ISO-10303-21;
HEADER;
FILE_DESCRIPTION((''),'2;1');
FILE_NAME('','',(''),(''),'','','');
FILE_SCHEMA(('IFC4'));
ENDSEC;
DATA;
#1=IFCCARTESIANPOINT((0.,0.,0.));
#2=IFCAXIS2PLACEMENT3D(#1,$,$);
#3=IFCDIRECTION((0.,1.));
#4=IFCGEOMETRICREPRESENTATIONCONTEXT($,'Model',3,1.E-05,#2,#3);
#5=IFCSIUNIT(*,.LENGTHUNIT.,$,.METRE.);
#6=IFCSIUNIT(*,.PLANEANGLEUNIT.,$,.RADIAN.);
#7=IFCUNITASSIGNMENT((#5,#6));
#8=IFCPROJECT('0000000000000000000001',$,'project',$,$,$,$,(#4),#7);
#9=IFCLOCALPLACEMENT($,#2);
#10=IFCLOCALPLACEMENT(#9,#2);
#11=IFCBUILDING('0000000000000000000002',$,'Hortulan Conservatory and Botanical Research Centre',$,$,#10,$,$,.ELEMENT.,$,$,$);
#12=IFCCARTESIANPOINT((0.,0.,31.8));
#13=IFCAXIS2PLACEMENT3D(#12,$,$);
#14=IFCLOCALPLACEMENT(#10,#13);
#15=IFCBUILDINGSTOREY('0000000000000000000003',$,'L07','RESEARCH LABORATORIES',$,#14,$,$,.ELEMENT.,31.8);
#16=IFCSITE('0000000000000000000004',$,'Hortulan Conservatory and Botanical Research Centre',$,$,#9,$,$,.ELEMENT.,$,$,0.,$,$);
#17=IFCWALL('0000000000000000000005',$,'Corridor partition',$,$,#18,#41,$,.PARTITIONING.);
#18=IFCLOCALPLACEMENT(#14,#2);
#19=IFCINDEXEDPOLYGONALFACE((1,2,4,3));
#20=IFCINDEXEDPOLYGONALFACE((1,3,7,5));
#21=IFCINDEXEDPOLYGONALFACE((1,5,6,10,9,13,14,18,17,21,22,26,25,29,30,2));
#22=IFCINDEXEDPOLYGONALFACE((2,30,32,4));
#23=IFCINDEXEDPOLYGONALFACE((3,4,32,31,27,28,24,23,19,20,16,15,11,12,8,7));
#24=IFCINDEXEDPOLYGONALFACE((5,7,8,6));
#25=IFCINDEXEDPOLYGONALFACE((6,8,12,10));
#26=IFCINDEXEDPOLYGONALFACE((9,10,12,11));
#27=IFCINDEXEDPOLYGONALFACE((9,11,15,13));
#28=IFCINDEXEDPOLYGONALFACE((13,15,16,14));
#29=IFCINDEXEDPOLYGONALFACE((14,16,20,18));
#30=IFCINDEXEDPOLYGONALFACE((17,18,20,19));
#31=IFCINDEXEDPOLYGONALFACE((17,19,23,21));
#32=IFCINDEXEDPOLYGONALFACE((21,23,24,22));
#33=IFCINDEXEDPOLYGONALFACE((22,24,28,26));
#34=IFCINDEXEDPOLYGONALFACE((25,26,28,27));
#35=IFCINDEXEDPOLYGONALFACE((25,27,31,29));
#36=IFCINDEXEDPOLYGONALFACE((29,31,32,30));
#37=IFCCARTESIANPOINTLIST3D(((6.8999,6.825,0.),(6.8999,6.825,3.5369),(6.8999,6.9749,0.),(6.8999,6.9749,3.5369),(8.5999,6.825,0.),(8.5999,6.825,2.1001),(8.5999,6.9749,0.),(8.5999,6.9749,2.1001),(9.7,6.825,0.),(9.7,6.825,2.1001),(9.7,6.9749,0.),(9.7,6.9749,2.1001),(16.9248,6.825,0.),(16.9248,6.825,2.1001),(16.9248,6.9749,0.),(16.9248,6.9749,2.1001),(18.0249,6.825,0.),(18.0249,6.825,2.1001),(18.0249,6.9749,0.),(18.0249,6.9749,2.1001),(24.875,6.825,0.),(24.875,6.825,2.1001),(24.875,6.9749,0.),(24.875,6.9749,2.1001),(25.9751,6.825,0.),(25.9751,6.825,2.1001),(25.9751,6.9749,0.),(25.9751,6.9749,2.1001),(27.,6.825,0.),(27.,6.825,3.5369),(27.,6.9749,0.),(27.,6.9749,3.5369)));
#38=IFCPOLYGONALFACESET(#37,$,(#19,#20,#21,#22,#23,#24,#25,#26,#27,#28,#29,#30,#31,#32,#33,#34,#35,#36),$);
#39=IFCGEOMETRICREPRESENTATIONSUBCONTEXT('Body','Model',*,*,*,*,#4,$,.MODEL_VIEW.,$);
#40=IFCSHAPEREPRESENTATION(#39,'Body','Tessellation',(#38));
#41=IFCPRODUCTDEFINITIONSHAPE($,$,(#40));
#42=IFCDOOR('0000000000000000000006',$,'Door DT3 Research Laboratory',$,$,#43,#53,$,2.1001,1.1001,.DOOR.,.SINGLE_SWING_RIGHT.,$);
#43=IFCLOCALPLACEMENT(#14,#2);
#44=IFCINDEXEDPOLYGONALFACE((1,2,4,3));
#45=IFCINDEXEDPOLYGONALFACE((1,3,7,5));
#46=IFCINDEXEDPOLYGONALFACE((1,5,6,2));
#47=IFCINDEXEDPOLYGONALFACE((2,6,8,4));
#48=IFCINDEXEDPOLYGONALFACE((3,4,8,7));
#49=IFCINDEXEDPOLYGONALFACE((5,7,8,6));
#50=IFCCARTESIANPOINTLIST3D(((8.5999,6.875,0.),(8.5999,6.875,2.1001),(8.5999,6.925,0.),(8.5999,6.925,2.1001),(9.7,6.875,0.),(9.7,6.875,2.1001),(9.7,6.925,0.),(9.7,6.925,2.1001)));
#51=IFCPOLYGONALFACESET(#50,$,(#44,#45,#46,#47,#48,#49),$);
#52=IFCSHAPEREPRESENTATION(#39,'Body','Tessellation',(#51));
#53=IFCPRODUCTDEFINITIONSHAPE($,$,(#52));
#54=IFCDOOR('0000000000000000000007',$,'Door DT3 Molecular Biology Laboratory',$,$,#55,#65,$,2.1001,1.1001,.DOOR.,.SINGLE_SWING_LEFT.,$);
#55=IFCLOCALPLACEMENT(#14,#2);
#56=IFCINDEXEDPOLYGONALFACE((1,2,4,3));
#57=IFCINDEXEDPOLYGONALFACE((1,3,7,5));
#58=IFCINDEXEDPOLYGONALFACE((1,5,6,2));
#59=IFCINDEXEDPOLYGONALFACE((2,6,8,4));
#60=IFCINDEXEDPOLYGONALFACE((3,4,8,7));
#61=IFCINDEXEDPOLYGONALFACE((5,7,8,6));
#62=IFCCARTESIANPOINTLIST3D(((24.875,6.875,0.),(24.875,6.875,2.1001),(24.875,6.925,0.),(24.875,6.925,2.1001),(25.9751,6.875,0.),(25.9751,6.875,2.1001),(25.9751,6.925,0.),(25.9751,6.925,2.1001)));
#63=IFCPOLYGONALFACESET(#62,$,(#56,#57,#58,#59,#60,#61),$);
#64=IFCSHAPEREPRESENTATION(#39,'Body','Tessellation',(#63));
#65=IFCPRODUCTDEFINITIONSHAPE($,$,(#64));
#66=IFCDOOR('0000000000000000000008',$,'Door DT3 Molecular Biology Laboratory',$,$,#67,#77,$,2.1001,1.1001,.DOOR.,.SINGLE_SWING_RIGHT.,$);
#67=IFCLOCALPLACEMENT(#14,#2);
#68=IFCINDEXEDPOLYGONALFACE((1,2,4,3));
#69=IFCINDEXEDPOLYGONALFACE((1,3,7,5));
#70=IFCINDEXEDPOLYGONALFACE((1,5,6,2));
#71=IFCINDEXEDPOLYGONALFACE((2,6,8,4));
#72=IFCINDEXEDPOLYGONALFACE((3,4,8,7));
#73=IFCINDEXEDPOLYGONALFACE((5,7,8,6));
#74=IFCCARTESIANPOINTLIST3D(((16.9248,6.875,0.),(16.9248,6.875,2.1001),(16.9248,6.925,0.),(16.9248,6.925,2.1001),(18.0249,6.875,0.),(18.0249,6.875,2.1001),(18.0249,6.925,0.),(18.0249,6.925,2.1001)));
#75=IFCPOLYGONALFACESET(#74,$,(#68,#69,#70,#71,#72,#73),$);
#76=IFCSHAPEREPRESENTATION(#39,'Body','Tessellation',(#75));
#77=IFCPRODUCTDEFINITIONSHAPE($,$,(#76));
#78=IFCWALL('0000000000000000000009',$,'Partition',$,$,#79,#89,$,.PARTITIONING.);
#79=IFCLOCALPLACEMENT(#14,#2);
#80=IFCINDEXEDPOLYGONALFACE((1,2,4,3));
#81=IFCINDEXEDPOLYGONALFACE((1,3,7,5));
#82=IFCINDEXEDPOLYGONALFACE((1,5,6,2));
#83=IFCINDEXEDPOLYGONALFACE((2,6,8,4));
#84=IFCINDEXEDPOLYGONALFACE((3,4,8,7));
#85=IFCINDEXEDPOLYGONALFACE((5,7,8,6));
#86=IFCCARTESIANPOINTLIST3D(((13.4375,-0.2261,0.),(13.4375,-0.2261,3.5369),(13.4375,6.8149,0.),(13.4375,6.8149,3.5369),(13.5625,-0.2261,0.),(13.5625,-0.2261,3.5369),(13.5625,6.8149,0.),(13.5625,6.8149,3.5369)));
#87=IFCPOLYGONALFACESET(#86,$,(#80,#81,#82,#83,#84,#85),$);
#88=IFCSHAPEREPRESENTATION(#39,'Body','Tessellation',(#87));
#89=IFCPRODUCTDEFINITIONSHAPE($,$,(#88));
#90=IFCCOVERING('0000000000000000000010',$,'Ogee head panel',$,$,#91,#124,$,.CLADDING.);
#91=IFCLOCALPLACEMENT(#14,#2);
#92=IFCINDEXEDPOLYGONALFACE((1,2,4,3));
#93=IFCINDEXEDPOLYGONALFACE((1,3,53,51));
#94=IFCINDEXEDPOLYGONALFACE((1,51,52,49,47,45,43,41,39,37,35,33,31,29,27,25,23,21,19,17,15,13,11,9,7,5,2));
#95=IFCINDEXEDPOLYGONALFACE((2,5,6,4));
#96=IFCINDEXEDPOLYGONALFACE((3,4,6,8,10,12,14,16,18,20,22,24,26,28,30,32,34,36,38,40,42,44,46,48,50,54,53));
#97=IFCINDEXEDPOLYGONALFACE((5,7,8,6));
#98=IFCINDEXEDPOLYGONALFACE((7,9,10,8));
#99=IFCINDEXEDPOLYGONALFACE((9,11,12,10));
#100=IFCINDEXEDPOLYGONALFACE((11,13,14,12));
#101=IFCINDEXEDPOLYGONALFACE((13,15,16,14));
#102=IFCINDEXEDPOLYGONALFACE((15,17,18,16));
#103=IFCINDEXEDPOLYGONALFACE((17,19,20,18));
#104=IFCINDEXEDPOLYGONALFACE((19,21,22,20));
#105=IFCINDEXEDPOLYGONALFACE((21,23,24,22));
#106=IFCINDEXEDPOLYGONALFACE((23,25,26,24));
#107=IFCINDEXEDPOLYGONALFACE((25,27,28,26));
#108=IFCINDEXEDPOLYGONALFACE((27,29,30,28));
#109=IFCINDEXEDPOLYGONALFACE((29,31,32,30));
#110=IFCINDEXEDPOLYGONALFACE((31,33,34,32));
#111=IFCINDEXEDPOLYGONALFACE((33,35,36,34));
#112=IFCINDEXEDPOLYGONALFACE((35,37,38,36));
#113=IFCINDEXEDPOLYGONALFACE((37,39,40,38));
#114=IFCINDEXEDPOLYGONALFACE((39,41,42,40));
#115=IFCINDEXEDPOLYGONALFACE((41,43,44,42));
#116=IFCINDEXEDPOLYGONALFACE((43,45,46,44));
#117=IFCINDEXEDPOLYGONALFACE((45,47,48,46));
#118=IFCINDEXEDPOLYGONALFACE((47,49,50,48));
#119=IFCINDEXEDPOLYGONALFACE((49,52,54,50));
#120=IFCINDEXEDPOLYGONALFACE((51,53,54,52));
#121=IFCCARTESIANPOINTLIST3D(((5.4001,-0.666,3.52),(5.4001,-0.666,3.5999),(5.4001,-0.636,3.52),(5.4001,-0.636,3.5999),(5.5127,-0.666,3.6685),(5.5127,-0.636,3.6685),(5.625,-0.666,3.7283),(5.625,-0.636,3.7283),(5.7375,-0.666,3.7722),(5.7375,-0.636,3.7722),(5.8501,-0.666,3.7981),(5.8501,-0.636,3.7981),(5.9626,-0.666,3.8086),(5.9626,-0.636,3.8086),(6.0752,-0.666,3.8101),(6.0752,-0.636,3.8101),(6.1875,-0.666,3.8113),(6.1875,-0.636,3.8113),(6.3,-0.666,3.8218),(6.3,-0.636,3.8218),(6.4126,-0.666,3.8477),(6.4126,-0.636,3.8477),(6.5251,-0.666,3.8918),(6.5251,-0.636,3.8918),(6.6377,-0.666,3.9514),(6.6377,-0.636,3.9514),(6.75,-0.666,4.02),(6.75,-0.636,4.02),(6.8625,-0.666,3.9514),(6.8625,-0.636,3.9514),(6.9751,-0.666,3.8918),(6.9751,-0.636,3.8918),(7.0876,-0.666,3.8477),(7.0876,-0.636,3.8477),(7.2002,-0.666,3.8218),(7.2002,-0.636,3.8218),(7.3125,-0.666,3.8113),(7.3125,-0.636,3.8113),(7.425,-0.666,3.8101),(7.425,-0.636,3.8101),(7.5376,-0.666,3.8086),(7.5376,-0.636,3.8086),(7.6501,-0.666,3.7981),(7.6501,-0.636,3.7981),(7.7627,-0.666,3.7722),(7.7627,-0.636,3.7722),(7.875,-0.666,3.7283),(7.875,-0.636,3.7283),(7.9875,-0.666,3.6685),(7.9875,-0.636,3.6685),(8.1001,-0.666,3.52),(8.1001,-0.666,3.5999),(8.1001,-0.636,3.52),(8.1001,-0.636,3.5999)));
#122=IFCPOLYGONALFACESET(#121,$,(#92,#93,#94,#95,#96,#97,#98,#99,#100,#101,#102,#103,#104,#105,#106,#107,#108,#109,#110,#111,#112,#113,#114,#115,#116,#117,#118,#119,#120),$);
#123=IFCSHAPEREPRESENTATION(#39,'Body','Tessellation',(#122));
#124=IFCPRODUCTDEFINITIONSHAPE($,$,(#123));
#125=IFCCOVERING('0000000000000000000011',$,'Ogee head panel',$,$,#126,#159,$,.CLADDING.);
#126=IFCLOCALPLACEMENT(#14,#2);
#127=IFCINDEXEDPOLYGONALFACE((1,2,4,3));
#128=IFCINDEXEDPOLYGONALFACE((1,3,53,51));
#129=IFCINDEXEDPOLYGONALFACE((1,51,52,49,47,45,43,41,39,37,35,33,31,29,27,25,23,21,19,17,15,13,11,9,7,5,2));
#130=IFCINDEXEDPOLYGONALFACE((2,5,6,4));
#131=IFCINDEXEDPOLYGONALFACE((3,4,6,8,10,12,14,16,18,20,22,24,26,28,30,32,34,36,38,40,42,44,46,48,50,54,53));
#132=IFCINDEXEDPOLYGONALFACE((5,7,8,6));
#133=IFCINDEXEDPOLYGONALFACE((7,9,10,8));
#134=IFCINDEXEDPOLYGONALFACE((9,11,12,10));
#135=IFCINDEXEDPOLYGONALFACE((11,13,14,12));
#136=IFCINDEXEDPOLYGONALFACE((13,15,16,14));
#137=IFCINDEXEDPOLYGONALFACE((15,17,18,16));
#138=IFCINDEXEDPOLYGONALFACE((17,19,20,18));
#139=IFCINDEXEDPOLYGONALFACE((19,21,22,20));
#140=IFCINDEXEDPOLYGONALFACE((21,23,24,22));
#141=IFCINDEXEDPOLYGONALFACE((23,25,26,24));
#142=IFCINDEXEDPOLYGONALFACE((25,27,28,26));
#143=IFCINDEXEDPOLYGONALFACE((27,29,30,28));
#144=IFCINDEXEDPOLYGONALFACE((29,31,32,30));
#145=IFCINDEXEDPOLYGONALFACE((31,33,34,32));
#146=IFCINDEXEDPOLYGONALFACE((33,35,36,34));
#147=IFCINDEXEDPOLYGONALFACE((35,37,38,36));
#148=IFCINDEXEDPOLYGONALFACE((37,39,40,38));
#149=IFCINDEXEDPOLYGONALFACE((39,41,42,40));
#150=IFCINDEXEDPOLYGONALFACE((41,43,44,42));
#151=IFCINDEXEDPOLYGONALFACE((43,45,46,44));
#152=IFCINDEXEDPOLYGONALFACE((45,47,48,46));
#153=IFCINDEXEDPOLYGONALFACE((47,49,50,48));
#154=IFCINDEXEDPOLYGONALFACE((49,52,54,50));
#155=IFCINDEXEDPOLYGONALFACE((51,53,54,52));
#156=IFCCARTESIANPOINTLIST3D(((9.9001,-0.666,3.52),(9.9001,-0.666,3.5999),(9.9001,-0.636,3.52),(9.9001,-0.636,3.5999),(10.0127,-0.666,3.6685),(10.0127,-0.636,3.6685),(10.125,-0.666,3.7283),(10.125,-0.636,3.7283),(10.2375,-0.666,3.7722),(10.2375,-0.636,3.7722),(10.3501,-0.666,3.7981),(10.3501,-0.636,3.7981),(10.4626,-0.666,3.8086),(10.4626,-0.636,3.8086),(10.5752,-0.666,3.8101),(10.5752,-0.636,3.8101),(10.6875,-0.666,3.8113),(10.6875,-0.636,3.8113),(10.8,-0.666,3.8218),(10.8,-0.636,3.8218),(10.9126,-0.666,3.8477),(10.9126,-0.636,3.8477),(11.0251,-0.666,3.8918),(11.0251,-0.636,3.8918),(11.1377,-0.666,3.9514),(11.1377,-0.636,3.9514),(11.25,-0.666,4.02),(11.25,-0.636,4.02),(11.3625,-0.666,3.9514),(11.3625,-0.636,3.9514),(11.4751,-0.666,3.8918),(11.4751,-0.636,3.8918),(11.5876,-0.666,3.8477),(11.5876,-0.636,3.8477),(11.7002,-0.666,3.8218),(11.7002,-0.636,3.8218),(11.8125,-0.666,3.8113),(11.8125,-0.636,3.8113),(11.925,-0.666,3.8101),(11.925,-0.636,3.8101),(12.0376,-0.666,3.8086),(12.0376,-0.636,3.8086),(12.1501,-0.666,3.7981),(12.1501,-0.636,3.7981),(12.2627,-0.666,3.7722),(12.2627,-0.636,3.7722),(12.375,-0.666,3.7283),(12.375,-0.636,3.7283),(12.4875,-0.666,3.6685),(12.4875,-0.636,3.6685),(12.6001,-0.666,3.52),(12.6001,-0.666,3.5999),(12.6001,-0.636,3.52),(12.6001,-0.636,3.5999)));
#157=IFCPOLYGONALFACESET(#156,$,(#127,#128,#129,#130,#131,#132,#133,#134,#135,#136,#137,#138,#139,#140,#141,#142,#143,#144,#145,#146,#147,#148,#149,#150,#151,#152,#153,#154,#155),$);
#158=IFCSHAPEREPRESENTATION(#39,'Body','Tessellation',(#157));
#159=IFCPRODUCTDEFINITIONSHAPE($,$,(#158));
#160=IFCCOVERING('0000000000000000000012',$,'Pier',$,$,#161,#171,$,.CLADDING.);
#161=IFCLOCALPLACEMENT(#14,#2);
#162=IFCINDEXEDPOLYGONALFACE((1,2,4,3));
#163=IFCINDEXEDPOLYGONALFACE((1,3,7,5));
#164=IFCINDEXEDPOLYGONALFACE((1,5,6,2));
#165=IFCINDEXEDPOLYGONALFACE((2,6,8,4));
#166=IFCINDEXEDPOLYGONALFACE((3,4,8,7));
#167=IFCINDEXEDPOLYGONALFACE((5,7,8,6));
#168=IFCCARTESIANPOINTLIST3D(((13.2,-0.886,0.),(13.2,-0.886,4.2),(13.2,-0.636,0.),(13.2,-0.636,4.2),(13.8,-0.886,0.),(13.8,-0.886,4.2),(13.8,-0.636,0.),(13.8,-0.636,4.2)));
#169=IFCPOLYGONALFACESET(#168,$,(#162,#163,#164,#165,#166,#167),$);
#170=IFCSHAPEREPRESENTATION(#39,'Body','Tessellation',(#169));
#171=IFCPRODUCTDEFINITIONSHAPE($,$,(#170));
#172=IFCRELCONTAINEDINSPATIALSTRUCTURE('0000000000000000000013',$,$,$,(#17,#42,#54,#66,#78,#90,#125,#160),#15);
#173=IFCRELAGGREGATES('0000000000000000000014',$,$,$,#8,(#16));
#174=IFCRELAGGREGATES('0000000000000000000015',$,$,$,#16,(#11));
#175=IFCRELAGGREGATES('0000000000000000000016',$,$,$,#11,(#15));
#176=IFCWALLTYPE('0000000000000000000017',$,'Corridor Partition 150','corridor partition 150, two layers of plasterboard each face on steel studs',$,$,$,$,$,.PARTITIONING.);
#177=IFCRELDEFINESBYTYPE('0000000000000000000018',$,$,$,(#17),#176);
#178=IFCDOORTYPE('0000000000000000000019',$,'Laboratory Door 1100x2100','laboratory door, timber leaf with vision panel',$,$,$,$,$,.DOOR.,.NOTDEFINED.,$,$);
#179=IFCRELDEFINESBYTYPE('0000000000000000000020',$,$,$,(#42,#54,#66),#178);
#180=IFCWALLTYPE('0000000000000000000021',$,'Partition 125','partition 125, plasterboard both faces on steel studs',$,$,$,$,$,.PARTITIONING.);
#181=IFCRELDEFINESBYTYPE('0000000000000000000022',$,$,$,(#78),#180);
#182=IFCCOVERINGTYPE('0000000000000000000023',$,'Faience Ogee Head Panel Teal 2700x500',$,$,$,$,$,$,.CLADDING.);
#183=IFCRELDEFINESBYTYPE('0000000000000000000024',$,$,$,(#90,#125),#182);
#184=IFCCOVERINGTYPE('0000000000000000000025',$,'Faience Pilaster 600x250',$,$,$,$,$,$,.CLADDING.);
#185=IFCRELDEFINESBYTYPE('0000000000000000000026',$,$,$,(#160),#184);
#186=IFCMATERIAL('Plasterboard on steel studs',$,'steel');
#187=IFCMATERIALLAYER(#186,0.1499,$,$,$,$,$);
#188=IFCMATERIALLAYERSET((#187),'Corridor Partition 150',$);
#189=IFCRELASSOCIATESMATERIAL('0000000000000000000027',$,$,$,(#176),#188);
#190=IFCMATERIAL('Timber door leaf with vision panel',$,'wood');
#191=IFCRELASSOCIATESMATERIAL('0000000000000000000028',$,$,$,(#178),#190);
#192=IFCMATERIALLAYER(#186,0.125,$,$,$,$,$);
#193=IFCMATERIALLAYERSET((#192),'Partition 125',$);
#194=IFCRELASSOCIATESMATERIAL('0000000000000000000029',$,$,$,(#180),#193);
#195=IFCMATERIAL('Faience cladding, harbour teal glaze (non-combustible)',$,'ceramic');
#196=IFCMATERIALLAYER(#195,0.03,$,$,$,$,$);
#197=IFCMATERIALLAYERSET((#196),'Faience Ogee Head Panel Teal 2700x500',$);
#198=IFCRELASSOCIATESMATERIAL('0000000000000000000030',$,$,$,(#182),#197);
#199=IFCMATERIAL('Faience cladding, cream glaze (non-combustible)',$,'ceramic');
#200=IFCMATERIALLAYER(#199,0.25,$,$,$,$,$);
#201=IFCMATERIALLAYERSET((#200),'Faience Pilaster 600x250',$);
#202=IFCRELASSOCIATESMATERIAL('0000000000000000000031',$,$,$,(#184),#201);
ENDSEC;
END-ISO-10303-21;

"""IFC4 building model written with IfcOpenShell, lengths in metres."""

from ifc_helpers import new_model, si_unit, direction, frame, frame_2d, origin, origin_2d, place, context, subcontext, project, spatial, polyline, rectangle, outline, extrude, material, layer, layer_set, type_object, element, fill, save


model = new_model("IFC4")

# Units and contexts
model_context = context("Model", 3, precision=1e-05, world=origin(), true_north=direction((0.0, 1.0)))
body_context = subcontext(model_context, "Body", "Model", "MODEL_VIEW")
ifc_project = project(units=[si_unit("LENGTHUNIT", "METRE"), si_unit("PLANEANGLEUNIT", "RADIAN")], contexts=[model_context])

# Site, building, storey
site_placement = place(None, origin())
site = spatial("IfcSite", under=ifc_project, at=site_placement, Name="Hortulan Conservatory and Botanical Research Centre", CompositionType="ELEMENT", RefElevation=0.0)
building_placement = place(site_placement, origin())
building = spatial("IfcBuilding", under=site, at=building_placement, Name="Hortulan Conservatory and Botanical Research Centre", CompositionType="ELEMENT")
storey_placement = place(building_placement, frame((0.0, 0.0, 31.8)))
storey = spatial("IfcBuildingStorey", under=building, at=storey_placement, Name="L07", Description="RESEARCH LABORATORIES", CompositionType="ELEMENT", Elevation=31.8)

# Wall, openings, doors
ifc_material_1 = material(Name="Plasterboard on steel studs", Category="steel")
ifc_layer_1 = layer(ifc_material_1, 0.1499)
ifc_layer_set_1 = layer_set([ifc_layer_1], Name="Corridor Partition 150")
wall_type_1 = type_object("IfcWallType", Name="Corridor Partition 150", Description="corridor partition 150, two layers of plasterboard each face on steel studs", PredefinedType="PARTITIONING", material=ifc_layer_set_1)
ifc_material_2 = material(Name="Timber door leaf with vision panel", Category="wood")
door_type_1 = type_object("IfcDoorType", Name="Laboratory Door 1100x2100", Description="laboratory door, timber leaf with vision panel", OperationType="NOTDEFINED", PredefinedType="DOOR", material=ifc_material_2)
wall_1_placement = place(storey_placement, frame((6.8999, 6.8999, 0.0), z_axis=(0.0, 0.0, 1.0), x_axis=(1.0, 0.0, 0.0)))
wall_1 = element("IfcWall", 1, at=wall_1_placement, inside=storey, type_object=wall_type_1, Name="Corridor partition", PredefinedType="PARTITIONING", context=body_context, shape_type="SweptSolid", body=[
    extrude(rectangle(XDim=20.1001, YDim=0.1499, at=frame_2d((10.05, 0.0))), origin(), (0.0, 0.0, 1.0), 3.5369),
])
opening_1_placement = place(wall_1_placement, frame((1.7, 0.0, 0.0)))
opening_1 = element("IfcOpeningElement", 2, at=opening_1_placement, cuts=wall_1, PredefinedType="OPENING", context=body_context, shape_type="SweptSolid", body=[
    extrude(rectangle(XDim=1.1001, YDim=2.1001, at=frame_2d((0.55, 1.05))), frame((0.0, 0.085, 0.0), z_axis=(0.0, -1.0, 0.0), x_axis=(1.0, 0.0, 0.0)), (0.0, 0.0, 1.0), 0.1699),
])
opening_2_placement = place(wall_1_placement, frame((17.9751, 0.0, 0.0)))
opening_2 = element("IfcOpeningElement", 3, at=opening_2_placement, cuts=wall_1, PredefinedType="OPENING", context=body_context, shape_type="SweptSolid", body=[
    extrude(rectangle(XDim=1.1001, YDim=2.1001, at=frame_2d((0.55, 1.05))), frame((0.0, 0.085, 0.0), z_axis=(0.0, -1.0, 0.0), x_axis=(1.0, 0.0, 0.0)), (0.0, 0.0, 1.0), 0.1699),
])
opening_3_placement = place(wall_1_placement, frame((10.0249, 0.0, 0.0)))
opening_3 = element("IfcOpeningElement", 4, at=opening_3_placement, cuts=wall_1, PredefinedType="OPENING", context=body_context, shape_type="SweptSolid", body=[
    extrude(rectangle(XDim=1.1001, YDim=2.1001, at=frame_2d((0.55, 1.05))), frame((0.0, 0.085, 0.0), z_axis=(0.0, -1.0, 0.0), x_axis=(1.0, 0.0, 0.0)), (0.0, 0.0, 1.0), 0.1699),
])
door_1_placement = place(opening_1_placement, frame((1.1001, 0.0, 0.0), z_axis=(0.0, 0.0, 1.0), x_axis=(-1.0, 0.0, 0.0)))
door_1 = element("IfcDoor", 5, at=door_1_placement, inside=storey, type_object=door_type_1, Name="Door DT3 Research Laboratory", OperationType="SINGLE_SWING_RIGHT", OverallHeight=2.1001, OverallWidth=1.1001, PredefinedType="DOOR", context=body_context, shape_type="SweptSolid", body=[
    extrude(rectangle(XDim=1.1001, YDim=2.1001, at=frame_2d((0.55, 1.05))), frame((0.0, 0.0249, 0.0), z_axis=(0.0, -1.0, 0.0), x_axis=(1.0, 0.0, 0.0)), (0.0, 0.0, 1.0), 0.05),
])
fill(opening_1, door_1)
door_2_placement = place(opening_2_placement, frame((1.1001, 0.0, 0.0), z_axis=(0.0, 0.0, 1.0), x_axis=(-1.0, 0.0, 0.0)))
door_2 = element("IfcDoor", 6, at=door_2_placement, inside=storey, type_object=door_type_1, Name="Door DT3 Molecular Biology Laboratory", OperationType="SINGLE_SWING_LEFT", OverallHeight=2.1001, OverallWidth=1.1001, PredefinedType="DOOR", context=body_context, shape_type="SweptSolid", body=[
    extrude(rectangle(XDim=1.1001, YDim=2.1001, at=frame_2d((0.55, 1.05))), frame((0.0, 0.0249, 0.0), z_axis=(0.0, -1.0, 0.0), x_axis=(1.0, 0.0, 0.0)), (0.0, 0.0, 1.0), 0.05),
])
fill(opening_2, door_2)
door_3_placement = place(opening_3_placement, frame((1.1001, 0.0, 0.0), z_axis=(0.0, 0.0, 1.0), x_axis=(-1.0, 0.0, 0.0)))
door_3 = element("IfcDoor", 7, at=door_3_placement, inside=storey, type_object=door_type_1, Name="Door DT3 Molecular Biology Laboratory", OperationType="SINGLE_SWING_RIGHT", OverallHeight=2.1001, OverallWidth=1.1001, PredefinedType="DOOR", context=body_context, shape_type="SweptSolid", body=[
    extrude(rectangle(XDim=1.1001, YDim=2.1001, at=frame_2d((0.55, 1.05))), frame((0.0, 0.0249, 0.0), z_axis=(0.0, -1.0, 0.0), x_axis=(1.0, 0.0, 0.0)), (0.0, 0.0, 1.0), 0.05),
])
fill(opening_3, door_3)

# Wall
ifc_layer_2 = layer(ifc_material_1, 0.125)
ifc_layer_set_2 = layer_set([ifc_layer_2], Name="Partition 125")
wall_type_2 = type_object("IfcWallType", Name="Partition 125", Description="partition 125, plasterboard both faces on steel studs", PredefinedType="PARTITIONING", material=ifc_layer_set_2)
wall_2_placement = place(storey_placement, frame((13.5, -0.2261, 0.0), z_axis=(0.0, 0.0, 1.0), x_axis=(0.0, 1.0, 0.0)))
element("IfcWall", 8, at=wall_2_placement, inside=storey, type_object=wall_type_2, Name="Partition", PredefinedType="PARTITIONING", context=body_context, shape_type="SweptSolid", body=[
    extrude(rectangle(XDim=7.041, YDim=0.125, at=frame_2d((3.5205, 0.0))), origin(), (0.0, 0.0, 1.0), 3.5369),
])

# Coverings
ifc_material_3 = material(Name="Faience cladding, harbour teal glaze (non-combustible)", Category="ceramic")
ifc_layer_3 = layer(ifc_material_3, 0.03)
ifc_layer_set_3 = layer_set([ifc_layer_3], Name="Faience Ogee Head Panel Teal 2700x500")
covering_type_1 = type_object("IfcCoveringType", Name="Faience Ogee Head Panel Teal 2700x500", PredefinedType="CLADDING", material=ifc_layer_set_3)
for number, where, z_axis, x_axis, name in (
    (9, (8.1001, -0.6509, 3.52), (0.0, 0.0, 1.0), (-1.0, 0.0, 0.0), "Ogee head panel"),
    (10, (12.6001, -0.6509, 3.52), (0.0, 0.0, 1.0), (-1.0, 0.0, 0.0), "Ogee head panel"),
):
    element("IfcCovering", number, at=place(storey_placement, frame(where, z_axis=z_axis, x_axis=x_axis)), inside=storey, type_object=covering_type_1, Name=name, PredefinedType="CLADDING", context=body_context, shape_type="SweptSolid", body=[
        extrude(outline(polyline([(0.0, 0.0), (2.7, 0.0), (2.7, 0.0798), (2.5874, 0.1484), (2.4751, 0.2083), (2.3625, 0.2522), (2.25, 0.2781), (2.1375, 0.2886), (2.0249, 0.29), (1.9126, 0.2913), (1.8, 0.3018), (1.6875, 0.3276), (1.575, 0.3718), (1.4624, 0.4314), (1.3501, 0.5), (1.2375, 0.4314), (1.125, 0.3718), (1.0125, 0.3276), (0.8999, 0.3018), (0.7876, 0.2913), (0.675, 0.29), (0.5625, 0.2886), (0.45, 0.2781), (0.3374, 0.2522), (0.2251, 0.2083), (0.1125, 0.1484), (0.0, 0.0798), (0.0, 0.0)])), frame((0.0, 0.0151, 0.0), z_axis=(0.0, -1.0, 0.0), x_axis=(1.0, 0.0, 0.0)), (0.0, 0.0, 1.0), 0.03),
    ])
ifc_material_4 = material(Name="Faience cladding, cream glaze (non-combustible)", Category="ceramic")
ifc_layer_4 = layer(ifc_material_4, 0.25)
ifc_layer_set_4 = layer_set([ifc_layer_4], Name="Faience Pilaster 600x250")
covering_type_2 = type_object("IfcCoveringType", Name="Faience Pilaster 600x250", PredefinedType="CLADDING", material=ifc_layer_set_4)
for number, where, z_axis, x_axis, name in (
    (11, (13.5, -0.761, 0.0), (0.0, 0.0, 1.0), (-1.0, 0.0, 0.0), "Pier"),
):
    element("IfcCovering", number, at=place(storey_placement, frame(where, z_axis=z_axis, x_axis=x_axis)), inside=storey, type_object=covering_type_2, Name=name, PredefinedType="CLADDING", context=body_context, shape_type="SweptSolid", body=[
        extrude(rectangle(XDim=0.6001, YDim=0.25, at=origin_2d()), origin(), (0.0, 0.0, 1.0), 4.2),
    ])

save(model, "model.ifc")
